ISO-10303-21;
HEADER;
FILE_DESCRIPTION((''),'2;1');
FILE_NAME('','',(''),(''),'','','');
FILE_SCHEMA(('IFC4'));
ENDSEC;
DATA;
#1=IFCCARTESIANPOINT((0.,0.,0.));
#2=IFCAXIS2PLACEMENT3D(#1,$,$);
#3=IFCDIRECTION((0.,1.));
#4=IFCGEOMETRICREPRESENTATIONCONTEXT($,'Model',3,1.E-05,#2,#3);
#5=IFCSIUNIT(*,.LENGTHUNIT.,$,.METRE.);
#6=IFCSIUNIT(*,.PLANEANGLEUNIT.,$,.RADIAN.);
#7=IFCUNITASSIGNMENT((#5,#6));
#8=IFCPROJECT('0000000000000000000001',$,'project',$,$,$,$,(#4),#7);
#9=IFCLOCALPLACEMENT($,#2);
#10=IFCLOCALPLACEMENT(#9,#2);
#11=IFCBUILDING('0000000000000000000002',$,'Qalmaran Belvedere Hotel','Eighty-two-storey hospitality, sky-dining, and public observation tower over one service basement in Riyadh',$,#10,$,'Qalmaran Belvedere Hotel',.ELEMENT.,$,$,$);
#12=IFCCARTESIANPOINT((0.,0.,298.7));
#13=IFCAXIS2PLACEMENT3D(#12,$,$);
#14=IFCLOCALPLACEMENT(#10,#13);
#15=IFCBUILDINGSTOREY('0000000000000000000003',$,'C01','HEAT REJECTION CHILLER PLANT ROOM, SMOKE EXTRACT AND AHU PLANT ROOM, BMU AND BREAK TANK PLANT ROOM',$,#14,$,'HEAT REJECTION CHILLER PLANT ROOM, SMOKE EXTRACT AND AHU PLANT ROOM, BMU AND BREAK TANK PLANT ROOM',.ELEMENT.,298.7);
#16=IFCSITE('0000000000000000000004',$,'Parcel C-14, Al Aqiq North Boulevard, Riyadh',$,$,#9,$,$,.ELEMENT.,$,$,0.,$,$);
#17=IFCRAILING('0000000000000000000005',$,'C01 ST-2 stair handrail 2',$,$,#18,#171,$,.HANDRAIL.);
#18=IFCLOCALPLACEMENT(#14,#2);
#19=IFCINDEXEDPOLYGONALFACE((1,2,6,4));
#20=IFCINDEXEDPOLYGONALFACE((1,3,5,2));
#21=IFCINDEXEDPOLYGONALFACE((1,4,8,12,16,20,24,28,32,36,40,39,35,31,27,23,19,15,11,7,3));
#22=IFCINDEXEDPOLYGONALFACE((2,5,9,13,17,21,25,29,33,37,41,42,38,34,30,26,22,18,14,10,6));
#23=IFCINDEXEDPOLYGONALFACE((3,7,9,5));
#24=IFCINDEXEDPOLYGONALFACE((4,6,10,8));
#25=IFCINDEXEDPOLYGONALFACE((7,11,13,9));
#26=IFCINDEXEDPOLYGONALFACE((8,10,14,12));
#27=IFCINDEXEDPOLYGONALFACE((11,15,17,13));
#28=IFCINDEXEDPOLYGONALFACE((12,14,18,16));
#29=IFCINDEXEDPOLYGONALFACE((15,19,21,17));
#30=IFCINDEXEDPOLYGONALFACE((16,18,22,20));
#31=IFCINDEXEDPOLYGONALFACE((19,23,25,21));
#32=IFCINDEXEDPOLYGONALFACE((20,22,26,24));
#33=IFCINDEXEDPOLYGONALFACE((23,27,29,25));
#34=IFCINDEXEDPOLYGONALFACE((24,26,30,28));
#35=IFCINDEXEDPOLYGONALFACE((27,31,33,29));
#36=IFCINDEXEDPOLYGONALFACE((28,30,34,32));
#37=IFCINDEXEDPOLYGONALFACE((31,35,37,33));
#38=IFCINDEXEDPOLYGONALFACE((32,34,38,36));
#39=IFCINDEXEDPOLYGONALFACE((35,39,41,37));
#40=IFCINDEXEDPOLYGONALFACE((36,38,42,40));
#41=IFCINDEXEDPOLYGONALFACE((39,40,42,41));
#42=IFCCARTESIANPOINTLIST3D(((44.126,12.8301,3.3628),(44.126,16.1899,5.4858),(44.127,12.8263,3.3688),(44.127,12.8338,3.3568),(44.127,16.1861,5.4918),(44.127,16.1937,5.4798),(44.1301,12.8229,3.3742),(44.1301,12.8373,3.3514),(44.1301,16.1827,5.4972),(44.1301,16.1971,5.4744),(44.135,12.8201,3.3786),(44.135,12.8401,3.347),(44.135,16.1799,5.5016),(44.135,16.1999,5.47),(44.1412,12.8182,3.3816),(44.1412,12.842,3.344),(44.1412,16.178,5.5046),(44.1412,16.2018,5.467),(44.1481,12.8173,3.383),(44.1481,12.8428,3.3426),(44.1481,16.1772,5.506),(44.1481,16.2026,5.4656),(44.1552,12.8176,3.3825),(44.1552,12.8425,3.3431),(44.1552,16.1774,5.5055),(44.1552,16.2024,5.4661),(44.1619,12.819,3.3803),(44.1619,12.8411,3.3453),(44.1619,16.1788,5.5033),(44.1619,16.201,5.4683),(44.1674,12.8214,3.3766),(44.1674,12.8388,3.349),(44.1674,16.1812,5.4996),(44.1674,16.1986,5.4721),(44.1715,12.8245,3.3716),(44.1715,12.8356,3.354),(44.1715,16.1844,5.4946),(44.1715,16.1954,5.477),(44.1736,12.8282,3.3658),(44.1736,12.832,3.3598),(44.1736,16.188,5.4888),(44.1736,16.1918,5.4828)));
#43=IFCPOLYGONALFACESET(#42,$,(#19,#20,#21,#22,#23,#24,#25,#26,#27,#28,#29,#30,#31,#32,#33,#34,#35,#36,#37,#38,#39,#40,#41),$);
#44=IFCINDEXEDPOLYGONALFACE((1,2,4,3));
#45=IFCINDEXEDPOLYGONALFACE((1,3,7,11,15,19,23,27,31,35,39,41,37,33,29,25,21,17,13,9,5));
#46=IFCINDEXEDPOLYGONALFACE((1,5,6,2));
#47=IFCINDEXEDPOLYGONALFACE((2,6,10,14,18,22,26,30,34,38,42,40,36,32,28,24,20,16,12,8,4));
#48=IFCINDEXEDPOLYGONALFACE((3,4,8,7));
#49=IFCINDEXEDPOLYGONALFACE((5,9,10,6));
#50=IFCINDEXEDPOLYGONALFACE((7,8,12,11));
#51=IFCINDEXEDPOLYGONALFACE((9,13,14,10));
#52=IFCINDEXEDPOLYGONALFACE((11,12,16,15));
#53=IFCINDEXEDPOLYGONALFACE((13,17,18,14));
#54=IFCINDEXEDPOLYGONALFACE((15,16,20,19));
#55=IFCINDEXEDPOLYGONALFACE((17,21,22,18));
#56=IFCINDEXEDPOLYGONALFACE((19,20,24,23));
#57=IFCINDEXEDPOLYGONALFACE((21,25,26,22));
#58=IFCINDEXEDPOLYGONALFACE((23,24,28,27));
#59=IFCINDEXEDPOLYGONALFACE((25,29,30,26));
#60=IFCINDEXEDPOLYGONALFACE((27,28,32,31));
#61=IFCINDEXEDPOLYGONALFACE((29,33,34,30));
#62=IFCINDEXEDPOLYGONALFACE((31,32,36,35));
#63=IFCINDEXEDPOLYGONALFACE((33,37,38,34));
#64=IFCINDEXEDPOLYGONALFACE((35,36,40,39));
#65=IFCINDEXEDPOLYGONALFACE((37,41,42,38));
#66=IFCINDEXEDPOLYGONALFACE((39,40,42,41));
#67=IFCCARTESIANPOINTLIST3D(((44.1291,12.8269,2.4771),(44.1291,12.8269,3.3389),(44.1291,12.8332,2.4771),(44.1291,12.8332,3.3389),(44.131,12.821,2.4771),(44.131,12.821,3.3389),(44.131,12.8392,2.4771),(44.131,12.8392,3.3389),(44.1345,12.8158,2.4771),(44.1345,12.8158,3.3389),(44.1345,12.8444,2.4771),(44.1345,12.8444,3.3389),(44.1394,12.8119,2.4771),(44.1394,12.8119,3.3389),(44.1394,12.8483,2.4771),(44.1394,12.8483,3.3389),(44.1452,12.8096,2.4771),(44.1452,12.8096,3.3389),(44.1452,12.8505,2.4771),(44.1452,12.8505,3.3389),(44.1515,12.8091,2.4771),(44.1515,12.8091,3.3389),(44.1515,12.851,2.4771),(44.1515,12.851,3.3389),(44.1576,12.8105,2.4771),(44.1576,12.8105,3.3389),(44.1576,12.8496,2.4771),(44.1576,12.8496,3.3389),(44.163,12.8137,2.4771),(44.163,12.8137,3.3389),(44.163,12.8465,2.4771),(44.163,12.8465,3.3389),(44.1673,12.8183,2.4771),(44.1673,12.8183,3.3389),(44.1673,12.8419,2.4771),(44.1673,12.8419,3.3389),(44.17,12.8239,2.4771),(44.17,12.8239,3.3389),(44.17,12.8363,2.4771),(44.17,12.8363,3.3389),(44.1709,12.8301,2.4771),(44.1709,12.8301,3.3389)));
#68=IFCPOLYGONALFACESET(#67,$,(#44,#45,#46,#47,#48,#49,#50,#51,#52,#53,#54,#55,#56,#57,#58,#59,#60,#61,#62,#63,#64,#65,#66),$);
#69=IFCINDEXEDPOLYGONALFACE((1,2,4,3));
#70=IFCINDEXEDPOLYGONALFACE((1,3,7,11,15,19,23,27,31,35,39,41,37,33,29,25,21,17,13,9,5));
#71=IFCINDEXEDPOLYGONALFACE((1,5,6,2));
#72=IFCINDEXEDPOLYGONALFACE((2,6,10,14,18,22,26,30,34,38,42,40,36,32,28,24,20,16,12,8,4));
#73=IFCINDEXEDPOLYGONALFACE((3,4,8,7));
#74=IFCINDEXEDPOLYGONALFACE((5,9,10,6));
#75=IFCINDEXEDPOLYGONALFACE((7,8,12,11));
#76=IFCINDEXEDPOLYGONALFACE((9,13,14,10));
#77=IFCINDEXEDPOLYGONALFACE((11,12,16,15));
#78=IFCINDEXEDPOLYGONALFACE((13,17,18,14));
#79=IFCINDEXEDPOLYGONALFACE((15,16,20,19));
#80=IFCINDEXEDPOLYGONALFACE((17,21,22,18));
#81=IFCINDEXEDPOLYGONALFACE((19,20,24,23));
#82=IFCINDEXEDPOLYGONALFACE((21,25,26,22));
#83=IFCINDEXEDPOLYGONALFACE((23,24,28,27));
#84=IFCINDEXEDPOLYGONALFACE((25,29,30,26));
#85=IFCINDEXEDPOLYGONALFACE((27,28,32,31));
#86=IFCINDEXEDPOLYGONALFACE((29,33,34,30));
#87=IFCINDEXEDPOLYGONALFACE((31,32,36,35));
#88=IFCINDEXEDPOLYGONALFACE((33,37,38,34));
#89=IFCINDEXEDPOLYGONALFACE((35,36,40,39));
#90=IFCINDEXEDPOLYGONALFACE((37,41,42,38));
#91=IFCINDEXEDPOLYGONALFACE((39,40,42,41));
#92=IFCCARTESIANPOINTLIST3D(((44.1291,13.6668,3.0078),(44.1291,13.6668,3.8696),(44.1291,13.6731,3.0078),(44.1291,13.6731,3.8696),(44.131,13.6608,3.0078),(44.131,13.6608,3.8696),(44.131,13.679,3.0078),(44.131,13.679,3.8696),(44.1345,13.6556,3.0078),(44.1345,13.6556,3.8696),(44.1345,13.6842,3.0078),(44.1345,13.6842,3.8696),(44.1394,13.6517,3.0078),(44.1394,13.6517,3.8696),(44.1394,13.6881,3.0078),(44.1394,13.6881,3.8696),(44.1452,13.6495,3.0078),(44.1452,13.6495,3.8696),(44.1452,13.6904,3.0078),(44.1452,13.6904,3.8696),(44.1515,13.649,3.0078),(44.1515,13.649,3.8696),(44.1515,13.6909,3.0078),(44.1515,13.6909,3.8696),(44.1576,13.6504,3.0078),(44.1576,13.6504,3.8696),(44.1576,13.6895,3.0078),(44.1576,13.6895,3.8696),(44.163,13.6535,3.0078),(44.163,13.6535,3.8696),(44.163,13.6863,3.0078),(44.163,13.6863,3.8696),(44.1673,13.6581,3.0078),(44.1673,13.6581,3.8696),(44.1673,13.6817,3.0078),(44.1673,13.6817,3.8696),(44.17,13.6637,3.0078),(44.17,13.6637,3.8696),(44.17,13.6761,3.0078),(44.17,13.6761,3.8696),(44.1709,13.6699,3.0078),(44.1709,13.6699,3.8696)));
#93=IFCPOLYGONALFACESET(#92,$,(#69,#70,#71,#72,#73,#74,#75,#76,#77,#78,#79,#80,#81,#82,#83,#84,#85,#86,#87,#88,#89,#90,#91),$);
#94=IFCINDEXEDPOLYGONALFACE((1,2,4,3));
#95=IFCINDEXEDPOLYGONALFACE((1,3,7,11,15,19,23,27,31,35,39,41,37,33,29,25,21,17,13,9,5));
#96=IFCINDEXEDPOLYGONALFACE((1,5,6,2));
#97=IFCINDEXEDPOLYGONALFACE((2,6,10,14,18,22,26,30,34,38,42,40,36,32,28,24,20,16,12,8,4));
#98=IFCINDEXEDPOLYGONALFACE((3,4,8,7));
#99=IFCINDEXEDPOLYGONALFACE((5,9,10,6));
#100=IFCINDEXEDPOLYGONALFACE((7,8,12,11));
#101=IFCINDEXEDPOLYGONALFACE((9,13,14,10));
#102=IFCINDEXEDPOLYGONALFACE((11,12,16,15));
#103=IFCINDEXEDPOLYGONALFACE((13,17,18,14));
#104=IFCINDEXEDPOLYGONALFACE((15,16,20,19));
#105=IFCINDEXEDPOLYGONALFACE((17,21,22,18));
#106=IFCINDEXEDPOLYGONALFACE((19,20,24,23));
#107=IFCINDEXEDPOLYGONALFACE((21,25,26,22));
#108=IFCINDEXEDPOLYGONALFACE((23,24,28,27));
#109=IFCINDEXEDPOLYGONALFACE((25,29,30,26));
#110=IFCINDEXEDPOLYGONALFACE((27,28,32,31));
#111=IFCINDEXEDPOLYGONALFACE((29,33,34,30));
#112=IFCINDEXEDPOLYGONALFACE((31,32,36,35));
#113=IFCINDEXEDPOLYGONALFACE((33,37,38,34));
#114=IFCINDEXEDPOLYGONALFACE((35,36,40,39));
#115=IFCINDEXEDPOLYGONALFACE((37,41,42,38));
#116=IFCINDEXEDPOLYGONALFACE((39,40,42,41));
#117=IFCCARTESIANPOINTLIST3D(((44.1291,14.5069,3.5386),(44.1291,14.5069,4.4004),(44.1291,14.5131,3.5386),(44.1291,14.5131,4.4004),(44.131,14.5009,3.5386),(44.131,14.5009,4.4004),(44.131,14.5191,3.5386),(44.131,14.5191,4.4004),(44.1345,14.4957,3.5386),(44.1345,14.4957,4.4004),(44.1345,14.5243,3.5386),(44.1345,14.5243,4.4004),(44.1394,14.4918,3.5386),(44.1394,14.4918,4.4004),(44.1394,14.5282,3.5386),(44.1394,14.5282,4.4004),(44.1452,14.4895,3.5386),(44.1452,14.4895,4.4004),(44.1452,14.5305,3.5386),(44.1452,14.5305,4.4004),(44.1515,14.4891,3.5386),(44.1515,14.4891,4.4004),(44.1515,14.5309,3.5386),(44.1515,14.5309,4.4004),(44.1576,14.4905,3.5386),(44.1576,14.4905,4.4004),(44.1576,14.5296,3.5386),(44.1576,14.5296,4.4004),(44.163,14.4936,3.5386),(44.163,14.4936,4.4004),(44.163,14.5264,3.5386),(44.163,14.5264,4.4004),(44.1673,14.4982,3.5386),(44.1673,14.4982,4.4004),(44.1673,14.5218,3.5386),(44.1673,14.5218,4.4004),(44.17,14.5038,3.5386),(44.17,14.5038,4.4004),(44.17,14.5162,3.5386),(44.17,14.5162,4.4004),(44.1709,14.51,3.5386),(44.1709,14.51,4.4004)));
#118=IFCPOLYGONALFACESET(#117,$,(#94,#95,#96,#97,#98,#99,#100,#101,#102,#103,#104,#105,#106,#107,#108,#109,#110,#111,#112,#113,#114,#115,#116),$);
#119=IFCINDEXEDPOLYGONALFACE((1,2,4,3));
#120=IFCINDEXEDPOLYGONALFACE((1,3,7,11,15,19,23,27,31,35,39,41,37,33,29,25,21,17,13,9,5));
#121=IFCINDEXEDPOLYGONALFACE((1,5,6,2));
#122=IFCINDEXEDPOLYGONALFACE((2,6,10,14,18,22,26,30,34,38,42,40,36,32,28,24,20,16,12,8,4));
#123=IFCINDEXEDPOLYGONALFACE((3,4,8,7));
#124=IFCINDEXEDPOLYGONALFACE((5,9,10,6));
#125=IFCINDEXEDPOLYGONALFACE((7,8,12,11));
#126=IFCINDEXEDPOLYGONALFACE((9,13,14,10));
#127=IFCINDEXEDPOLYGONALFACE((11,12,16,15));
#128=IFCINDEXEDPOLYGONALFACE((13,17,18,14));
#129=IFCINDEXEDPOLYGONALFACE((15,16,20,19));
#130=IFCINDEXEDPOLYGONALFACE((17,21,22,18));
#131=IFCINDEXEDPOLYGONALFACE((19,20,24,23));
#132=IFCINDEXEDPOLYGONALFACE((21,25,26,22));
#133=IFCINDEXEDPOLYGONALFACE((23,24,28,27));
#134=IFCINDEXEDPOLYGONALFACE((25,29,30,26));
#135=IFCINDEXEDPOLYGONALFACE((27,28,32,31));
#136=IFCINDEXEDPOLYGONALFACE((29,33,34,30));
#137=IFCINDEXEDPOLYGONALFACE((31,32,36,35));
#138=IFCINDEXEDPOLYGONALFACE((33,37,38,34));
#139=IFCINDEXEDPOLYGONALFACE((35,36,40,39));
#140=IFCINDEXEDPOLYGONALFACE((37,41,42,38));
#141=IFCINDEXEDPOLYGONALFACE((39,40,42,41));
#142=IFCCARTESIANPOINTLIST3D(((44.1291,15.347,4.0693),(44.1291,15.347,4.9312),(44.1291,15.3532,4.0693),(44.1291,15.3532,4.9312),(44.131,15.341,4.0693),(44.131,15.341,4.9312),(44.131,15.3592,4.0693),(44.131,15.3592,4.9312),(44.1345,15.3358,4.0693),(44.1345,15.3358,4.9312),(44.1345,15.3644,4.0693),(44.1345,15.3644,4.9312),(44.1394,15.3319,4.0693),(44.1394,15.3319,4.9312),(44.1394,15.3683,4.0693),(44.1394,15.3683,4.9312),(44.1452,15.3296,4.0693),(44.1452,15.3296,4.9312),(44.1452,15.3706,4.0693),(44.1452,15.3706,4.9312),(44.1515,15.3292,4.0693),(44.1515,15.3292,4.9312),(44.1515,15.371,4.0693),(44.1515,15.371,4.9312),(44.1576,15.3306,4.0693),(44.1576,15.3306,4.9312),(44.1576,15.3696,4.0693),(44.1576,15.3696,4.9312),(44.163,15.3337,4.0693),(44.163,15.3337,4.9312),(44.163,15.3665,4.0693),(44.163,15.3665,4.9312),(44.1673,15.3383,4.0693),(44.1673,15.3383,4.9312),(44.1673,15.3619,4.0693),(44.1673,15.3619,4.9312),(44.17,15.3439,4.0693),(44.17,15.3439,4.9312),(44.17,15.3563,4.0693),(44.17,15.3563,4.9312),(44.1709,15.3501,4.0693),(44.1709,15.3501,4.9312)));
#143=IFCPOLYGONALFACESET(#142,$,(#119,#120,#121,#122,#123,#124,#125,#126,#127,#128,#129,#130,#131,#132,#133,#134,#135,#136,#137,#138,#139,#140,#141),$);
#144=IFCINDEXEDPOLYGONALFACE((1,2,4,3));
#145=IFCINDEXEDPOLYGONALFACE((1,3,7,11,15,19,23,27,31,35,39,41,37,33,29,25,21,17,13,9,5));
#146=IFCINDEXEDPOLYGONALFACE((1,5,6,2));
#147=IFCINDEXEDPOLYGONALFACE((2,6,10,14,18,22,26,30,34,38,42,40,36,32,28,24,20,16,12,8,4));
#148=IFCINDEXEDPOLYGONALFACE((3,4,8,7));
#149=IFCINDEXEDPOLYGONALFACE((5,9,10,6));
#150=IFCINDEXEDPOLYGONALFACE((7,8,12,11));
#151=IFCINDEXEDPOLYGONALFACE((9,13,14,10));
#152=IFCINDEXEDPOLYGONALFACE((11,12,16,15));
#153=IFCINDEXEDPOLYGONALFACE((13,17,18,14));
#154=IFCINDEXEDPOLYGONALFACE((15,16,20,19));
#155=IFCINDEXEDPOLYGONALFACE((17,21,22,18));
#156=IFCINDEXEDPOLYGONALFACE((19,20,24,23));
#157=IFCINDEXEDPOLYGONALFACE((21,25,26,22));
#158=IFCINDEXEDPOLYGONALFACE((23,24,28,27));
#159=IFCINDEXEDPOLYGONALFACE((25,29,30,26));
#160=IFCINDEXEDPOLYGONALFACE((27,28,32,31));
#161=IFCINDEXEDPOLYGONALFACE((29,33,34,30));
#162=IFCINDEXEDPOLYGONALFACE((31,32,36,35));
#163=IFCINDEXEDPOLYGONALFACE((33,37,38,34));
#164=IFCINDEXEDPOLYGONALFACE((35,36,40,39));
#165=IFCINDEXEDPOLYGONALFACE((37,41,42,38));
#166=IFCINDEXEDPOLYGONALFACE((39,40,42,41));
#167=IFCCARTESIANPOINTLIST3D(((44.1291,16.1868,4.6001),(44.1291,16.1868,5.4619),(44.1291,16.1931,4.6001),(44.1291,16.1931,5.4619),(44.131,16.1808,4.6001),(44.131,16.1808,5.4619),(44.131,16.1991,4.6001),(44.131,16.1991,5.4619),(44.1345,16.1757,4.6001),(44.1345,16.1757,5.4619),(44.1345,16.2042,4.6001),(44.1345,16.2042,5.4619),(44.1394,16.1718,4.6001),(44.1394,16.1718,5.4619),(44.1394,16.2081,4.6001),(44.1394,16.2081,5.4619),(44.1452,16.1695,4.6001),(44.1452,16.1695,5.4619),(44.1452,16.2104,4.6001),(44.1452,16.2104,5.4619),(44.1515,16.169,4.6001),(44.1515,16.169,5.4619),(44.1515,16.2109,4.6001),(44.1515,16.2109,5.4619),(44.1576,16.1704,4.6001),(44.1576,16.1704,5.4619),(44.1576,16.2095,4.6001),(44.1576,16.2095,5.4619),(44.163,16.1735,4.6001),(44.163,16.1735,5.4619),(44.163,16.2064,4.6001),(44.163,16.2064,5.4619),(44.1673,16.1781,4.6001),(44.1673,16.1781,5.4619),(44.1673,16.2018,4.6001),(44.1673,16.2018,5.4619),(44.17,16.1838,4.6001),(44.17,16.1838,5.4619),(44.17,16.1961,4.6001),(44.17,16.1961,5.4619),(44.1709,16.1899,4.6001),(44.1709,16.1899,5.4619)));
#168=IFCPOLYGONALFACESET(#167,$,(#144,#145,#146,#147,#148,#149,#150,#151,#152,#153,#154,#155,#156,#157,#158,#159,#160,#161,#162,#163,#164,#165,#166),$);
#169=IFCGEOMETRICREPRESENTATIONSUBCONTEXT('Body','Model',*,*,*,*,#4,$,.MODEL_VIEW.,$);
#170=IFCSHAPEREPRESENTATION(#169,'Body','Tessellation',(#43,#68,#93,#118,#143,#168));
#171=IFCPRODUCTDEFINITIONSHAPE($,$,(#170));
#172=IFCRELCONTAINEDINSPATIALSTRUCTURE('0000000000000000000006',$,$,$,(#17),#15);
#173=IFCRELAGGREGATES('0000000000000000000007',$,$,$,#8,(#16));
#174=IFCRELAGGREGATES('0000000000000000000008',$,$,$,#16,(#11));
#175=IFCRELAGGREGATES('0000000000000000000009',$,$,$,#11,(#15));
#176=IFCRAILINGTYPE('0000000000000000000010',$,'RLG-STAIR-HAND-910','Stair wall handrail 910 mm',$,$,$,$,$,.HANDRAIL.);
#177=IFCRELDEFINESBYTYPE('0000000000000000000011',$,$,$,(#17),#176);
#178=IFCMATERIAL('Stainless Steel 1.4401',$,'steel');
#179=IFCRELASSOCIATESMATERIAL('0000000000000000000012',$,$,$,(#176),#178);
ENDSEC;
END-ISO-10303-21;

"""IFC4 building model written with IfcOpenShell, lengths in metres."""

from ifc_helpers import new_model, si_unit, direction, frame, origin, origin_2d, place, context, subcontext, project, spatial, circle, extrude, material, type_object, element, save


model = new_model("IFC4")

# Units and contexts
model_context = context("Model", 3, precision=1e-05, world=origin(), true_north=direction((0.0, 1.0)))
body_context = subcontext(model_context, "Body", "Model", "MODEL_VIEW")
ifc_project = project(units=[si_unit("LENGTHUNIT", "METRE"), si_unit("PLANEANGLEUNIT", "RADIAN")], contexts=[model_context])

# Site, building, storey
site_placement = place(None, origin())
site = spatial("IfcSite", under=ifc_project, at=site_placement, Name="Parcel C-14, Al Aqiq North Boulevard, Riyadh", CompositionType="ELEMENT", RefElevation=0.0)
building_placement = place(site_placement, origin())
building = spatial("IfcBuilding", under=site, at=building_placement, Name="Qalmaran Belvedere Hotel", Description="Eighty-two-storey hospitality, sky-dining, and public observation tower over one service basement in Riyadh", LongName="Qalmaran Belvedere Hotel", CompositionType="ELEMENT")
storey_placement = place(building_placement, frame((0.0, 0.0, 298.7)))
storey = spatial("IfcBuildingStorey", under=building, at=storey_placement, Name="C01", Description="HEAT REJECTION CHILLER PLANT ROOM, SMOKE EXTRACT AND AHU PLANT ROOM, BMU AND BREAK TANK PLANT ROOM", LongName="HEAT REJECTION CHILLER PLANT ROOM, SMOKE EXTRACT AND AHU PLANT ROOM, BMU AND BREAK TANK PLANT ROOM", CompositionType="ELEMENT", Elevation=298.7)

# Railing
ifc_material_1 = material(Name="Stainless Steel 1.4401", Category="steel")
railing_type_1 = type_object("IfcRailingType", Name="RLG-STAIR-HAND-910", Description="Stair wall handrail 910 mm", PredefinedType="HANDRAIL", material=ifc_material_1)
railing_1_placement = place(storey_placement, frame((44.1499, 12.8301, 2.4771)))
element("IfcRailing", 1, at=railing_1_placement, inside=storey, type_object=railing_type_1, Name="C01 ST-2 stair handrail 2", PredefinedType="HANDRAIL", context=body_context, shape_type="SweptSolid", body=[
    extrude(circle(Radius=0.0239, at=origin_2d()), frame((0.0, 0.0, 0.8857), z_axis=(0.0, 0.845372, 0.534178), x_axis=(-1.0, 0.0, 0.0)), (0.0, 0.0, 1.0), 3.9744),
    extrude(circle(Radius=0.021, at=origin_2d()), origin(), (0.0, 0.0, 1.0), 0.8618),
    extrude(circle(Radius=0.021, at=origin_2d()), frame((0.0, 0.8398, 0.5308)), (0.0, 0.0, 1.0), 0.8618),
    extrude(circle(Radius=0.021, at=origin_2d()), frame((0.0, 1.6799, 1.0615)), (0.0, 0.0, 1.0), 0.8618),
    extrude(circle(Radius=0.021, at=origin_2d()), frame((0.0, 2.52, 1.5923)), (0.0, 0.0, 1.0), 0.8618),
    extrude(circle(Radius=0.021, at=origin_2d()), frame((0.0, 3.3599, 2.123)), (0.0, 0.0, 1.0), 0.8618),
])

save(model, "model.ifc")
